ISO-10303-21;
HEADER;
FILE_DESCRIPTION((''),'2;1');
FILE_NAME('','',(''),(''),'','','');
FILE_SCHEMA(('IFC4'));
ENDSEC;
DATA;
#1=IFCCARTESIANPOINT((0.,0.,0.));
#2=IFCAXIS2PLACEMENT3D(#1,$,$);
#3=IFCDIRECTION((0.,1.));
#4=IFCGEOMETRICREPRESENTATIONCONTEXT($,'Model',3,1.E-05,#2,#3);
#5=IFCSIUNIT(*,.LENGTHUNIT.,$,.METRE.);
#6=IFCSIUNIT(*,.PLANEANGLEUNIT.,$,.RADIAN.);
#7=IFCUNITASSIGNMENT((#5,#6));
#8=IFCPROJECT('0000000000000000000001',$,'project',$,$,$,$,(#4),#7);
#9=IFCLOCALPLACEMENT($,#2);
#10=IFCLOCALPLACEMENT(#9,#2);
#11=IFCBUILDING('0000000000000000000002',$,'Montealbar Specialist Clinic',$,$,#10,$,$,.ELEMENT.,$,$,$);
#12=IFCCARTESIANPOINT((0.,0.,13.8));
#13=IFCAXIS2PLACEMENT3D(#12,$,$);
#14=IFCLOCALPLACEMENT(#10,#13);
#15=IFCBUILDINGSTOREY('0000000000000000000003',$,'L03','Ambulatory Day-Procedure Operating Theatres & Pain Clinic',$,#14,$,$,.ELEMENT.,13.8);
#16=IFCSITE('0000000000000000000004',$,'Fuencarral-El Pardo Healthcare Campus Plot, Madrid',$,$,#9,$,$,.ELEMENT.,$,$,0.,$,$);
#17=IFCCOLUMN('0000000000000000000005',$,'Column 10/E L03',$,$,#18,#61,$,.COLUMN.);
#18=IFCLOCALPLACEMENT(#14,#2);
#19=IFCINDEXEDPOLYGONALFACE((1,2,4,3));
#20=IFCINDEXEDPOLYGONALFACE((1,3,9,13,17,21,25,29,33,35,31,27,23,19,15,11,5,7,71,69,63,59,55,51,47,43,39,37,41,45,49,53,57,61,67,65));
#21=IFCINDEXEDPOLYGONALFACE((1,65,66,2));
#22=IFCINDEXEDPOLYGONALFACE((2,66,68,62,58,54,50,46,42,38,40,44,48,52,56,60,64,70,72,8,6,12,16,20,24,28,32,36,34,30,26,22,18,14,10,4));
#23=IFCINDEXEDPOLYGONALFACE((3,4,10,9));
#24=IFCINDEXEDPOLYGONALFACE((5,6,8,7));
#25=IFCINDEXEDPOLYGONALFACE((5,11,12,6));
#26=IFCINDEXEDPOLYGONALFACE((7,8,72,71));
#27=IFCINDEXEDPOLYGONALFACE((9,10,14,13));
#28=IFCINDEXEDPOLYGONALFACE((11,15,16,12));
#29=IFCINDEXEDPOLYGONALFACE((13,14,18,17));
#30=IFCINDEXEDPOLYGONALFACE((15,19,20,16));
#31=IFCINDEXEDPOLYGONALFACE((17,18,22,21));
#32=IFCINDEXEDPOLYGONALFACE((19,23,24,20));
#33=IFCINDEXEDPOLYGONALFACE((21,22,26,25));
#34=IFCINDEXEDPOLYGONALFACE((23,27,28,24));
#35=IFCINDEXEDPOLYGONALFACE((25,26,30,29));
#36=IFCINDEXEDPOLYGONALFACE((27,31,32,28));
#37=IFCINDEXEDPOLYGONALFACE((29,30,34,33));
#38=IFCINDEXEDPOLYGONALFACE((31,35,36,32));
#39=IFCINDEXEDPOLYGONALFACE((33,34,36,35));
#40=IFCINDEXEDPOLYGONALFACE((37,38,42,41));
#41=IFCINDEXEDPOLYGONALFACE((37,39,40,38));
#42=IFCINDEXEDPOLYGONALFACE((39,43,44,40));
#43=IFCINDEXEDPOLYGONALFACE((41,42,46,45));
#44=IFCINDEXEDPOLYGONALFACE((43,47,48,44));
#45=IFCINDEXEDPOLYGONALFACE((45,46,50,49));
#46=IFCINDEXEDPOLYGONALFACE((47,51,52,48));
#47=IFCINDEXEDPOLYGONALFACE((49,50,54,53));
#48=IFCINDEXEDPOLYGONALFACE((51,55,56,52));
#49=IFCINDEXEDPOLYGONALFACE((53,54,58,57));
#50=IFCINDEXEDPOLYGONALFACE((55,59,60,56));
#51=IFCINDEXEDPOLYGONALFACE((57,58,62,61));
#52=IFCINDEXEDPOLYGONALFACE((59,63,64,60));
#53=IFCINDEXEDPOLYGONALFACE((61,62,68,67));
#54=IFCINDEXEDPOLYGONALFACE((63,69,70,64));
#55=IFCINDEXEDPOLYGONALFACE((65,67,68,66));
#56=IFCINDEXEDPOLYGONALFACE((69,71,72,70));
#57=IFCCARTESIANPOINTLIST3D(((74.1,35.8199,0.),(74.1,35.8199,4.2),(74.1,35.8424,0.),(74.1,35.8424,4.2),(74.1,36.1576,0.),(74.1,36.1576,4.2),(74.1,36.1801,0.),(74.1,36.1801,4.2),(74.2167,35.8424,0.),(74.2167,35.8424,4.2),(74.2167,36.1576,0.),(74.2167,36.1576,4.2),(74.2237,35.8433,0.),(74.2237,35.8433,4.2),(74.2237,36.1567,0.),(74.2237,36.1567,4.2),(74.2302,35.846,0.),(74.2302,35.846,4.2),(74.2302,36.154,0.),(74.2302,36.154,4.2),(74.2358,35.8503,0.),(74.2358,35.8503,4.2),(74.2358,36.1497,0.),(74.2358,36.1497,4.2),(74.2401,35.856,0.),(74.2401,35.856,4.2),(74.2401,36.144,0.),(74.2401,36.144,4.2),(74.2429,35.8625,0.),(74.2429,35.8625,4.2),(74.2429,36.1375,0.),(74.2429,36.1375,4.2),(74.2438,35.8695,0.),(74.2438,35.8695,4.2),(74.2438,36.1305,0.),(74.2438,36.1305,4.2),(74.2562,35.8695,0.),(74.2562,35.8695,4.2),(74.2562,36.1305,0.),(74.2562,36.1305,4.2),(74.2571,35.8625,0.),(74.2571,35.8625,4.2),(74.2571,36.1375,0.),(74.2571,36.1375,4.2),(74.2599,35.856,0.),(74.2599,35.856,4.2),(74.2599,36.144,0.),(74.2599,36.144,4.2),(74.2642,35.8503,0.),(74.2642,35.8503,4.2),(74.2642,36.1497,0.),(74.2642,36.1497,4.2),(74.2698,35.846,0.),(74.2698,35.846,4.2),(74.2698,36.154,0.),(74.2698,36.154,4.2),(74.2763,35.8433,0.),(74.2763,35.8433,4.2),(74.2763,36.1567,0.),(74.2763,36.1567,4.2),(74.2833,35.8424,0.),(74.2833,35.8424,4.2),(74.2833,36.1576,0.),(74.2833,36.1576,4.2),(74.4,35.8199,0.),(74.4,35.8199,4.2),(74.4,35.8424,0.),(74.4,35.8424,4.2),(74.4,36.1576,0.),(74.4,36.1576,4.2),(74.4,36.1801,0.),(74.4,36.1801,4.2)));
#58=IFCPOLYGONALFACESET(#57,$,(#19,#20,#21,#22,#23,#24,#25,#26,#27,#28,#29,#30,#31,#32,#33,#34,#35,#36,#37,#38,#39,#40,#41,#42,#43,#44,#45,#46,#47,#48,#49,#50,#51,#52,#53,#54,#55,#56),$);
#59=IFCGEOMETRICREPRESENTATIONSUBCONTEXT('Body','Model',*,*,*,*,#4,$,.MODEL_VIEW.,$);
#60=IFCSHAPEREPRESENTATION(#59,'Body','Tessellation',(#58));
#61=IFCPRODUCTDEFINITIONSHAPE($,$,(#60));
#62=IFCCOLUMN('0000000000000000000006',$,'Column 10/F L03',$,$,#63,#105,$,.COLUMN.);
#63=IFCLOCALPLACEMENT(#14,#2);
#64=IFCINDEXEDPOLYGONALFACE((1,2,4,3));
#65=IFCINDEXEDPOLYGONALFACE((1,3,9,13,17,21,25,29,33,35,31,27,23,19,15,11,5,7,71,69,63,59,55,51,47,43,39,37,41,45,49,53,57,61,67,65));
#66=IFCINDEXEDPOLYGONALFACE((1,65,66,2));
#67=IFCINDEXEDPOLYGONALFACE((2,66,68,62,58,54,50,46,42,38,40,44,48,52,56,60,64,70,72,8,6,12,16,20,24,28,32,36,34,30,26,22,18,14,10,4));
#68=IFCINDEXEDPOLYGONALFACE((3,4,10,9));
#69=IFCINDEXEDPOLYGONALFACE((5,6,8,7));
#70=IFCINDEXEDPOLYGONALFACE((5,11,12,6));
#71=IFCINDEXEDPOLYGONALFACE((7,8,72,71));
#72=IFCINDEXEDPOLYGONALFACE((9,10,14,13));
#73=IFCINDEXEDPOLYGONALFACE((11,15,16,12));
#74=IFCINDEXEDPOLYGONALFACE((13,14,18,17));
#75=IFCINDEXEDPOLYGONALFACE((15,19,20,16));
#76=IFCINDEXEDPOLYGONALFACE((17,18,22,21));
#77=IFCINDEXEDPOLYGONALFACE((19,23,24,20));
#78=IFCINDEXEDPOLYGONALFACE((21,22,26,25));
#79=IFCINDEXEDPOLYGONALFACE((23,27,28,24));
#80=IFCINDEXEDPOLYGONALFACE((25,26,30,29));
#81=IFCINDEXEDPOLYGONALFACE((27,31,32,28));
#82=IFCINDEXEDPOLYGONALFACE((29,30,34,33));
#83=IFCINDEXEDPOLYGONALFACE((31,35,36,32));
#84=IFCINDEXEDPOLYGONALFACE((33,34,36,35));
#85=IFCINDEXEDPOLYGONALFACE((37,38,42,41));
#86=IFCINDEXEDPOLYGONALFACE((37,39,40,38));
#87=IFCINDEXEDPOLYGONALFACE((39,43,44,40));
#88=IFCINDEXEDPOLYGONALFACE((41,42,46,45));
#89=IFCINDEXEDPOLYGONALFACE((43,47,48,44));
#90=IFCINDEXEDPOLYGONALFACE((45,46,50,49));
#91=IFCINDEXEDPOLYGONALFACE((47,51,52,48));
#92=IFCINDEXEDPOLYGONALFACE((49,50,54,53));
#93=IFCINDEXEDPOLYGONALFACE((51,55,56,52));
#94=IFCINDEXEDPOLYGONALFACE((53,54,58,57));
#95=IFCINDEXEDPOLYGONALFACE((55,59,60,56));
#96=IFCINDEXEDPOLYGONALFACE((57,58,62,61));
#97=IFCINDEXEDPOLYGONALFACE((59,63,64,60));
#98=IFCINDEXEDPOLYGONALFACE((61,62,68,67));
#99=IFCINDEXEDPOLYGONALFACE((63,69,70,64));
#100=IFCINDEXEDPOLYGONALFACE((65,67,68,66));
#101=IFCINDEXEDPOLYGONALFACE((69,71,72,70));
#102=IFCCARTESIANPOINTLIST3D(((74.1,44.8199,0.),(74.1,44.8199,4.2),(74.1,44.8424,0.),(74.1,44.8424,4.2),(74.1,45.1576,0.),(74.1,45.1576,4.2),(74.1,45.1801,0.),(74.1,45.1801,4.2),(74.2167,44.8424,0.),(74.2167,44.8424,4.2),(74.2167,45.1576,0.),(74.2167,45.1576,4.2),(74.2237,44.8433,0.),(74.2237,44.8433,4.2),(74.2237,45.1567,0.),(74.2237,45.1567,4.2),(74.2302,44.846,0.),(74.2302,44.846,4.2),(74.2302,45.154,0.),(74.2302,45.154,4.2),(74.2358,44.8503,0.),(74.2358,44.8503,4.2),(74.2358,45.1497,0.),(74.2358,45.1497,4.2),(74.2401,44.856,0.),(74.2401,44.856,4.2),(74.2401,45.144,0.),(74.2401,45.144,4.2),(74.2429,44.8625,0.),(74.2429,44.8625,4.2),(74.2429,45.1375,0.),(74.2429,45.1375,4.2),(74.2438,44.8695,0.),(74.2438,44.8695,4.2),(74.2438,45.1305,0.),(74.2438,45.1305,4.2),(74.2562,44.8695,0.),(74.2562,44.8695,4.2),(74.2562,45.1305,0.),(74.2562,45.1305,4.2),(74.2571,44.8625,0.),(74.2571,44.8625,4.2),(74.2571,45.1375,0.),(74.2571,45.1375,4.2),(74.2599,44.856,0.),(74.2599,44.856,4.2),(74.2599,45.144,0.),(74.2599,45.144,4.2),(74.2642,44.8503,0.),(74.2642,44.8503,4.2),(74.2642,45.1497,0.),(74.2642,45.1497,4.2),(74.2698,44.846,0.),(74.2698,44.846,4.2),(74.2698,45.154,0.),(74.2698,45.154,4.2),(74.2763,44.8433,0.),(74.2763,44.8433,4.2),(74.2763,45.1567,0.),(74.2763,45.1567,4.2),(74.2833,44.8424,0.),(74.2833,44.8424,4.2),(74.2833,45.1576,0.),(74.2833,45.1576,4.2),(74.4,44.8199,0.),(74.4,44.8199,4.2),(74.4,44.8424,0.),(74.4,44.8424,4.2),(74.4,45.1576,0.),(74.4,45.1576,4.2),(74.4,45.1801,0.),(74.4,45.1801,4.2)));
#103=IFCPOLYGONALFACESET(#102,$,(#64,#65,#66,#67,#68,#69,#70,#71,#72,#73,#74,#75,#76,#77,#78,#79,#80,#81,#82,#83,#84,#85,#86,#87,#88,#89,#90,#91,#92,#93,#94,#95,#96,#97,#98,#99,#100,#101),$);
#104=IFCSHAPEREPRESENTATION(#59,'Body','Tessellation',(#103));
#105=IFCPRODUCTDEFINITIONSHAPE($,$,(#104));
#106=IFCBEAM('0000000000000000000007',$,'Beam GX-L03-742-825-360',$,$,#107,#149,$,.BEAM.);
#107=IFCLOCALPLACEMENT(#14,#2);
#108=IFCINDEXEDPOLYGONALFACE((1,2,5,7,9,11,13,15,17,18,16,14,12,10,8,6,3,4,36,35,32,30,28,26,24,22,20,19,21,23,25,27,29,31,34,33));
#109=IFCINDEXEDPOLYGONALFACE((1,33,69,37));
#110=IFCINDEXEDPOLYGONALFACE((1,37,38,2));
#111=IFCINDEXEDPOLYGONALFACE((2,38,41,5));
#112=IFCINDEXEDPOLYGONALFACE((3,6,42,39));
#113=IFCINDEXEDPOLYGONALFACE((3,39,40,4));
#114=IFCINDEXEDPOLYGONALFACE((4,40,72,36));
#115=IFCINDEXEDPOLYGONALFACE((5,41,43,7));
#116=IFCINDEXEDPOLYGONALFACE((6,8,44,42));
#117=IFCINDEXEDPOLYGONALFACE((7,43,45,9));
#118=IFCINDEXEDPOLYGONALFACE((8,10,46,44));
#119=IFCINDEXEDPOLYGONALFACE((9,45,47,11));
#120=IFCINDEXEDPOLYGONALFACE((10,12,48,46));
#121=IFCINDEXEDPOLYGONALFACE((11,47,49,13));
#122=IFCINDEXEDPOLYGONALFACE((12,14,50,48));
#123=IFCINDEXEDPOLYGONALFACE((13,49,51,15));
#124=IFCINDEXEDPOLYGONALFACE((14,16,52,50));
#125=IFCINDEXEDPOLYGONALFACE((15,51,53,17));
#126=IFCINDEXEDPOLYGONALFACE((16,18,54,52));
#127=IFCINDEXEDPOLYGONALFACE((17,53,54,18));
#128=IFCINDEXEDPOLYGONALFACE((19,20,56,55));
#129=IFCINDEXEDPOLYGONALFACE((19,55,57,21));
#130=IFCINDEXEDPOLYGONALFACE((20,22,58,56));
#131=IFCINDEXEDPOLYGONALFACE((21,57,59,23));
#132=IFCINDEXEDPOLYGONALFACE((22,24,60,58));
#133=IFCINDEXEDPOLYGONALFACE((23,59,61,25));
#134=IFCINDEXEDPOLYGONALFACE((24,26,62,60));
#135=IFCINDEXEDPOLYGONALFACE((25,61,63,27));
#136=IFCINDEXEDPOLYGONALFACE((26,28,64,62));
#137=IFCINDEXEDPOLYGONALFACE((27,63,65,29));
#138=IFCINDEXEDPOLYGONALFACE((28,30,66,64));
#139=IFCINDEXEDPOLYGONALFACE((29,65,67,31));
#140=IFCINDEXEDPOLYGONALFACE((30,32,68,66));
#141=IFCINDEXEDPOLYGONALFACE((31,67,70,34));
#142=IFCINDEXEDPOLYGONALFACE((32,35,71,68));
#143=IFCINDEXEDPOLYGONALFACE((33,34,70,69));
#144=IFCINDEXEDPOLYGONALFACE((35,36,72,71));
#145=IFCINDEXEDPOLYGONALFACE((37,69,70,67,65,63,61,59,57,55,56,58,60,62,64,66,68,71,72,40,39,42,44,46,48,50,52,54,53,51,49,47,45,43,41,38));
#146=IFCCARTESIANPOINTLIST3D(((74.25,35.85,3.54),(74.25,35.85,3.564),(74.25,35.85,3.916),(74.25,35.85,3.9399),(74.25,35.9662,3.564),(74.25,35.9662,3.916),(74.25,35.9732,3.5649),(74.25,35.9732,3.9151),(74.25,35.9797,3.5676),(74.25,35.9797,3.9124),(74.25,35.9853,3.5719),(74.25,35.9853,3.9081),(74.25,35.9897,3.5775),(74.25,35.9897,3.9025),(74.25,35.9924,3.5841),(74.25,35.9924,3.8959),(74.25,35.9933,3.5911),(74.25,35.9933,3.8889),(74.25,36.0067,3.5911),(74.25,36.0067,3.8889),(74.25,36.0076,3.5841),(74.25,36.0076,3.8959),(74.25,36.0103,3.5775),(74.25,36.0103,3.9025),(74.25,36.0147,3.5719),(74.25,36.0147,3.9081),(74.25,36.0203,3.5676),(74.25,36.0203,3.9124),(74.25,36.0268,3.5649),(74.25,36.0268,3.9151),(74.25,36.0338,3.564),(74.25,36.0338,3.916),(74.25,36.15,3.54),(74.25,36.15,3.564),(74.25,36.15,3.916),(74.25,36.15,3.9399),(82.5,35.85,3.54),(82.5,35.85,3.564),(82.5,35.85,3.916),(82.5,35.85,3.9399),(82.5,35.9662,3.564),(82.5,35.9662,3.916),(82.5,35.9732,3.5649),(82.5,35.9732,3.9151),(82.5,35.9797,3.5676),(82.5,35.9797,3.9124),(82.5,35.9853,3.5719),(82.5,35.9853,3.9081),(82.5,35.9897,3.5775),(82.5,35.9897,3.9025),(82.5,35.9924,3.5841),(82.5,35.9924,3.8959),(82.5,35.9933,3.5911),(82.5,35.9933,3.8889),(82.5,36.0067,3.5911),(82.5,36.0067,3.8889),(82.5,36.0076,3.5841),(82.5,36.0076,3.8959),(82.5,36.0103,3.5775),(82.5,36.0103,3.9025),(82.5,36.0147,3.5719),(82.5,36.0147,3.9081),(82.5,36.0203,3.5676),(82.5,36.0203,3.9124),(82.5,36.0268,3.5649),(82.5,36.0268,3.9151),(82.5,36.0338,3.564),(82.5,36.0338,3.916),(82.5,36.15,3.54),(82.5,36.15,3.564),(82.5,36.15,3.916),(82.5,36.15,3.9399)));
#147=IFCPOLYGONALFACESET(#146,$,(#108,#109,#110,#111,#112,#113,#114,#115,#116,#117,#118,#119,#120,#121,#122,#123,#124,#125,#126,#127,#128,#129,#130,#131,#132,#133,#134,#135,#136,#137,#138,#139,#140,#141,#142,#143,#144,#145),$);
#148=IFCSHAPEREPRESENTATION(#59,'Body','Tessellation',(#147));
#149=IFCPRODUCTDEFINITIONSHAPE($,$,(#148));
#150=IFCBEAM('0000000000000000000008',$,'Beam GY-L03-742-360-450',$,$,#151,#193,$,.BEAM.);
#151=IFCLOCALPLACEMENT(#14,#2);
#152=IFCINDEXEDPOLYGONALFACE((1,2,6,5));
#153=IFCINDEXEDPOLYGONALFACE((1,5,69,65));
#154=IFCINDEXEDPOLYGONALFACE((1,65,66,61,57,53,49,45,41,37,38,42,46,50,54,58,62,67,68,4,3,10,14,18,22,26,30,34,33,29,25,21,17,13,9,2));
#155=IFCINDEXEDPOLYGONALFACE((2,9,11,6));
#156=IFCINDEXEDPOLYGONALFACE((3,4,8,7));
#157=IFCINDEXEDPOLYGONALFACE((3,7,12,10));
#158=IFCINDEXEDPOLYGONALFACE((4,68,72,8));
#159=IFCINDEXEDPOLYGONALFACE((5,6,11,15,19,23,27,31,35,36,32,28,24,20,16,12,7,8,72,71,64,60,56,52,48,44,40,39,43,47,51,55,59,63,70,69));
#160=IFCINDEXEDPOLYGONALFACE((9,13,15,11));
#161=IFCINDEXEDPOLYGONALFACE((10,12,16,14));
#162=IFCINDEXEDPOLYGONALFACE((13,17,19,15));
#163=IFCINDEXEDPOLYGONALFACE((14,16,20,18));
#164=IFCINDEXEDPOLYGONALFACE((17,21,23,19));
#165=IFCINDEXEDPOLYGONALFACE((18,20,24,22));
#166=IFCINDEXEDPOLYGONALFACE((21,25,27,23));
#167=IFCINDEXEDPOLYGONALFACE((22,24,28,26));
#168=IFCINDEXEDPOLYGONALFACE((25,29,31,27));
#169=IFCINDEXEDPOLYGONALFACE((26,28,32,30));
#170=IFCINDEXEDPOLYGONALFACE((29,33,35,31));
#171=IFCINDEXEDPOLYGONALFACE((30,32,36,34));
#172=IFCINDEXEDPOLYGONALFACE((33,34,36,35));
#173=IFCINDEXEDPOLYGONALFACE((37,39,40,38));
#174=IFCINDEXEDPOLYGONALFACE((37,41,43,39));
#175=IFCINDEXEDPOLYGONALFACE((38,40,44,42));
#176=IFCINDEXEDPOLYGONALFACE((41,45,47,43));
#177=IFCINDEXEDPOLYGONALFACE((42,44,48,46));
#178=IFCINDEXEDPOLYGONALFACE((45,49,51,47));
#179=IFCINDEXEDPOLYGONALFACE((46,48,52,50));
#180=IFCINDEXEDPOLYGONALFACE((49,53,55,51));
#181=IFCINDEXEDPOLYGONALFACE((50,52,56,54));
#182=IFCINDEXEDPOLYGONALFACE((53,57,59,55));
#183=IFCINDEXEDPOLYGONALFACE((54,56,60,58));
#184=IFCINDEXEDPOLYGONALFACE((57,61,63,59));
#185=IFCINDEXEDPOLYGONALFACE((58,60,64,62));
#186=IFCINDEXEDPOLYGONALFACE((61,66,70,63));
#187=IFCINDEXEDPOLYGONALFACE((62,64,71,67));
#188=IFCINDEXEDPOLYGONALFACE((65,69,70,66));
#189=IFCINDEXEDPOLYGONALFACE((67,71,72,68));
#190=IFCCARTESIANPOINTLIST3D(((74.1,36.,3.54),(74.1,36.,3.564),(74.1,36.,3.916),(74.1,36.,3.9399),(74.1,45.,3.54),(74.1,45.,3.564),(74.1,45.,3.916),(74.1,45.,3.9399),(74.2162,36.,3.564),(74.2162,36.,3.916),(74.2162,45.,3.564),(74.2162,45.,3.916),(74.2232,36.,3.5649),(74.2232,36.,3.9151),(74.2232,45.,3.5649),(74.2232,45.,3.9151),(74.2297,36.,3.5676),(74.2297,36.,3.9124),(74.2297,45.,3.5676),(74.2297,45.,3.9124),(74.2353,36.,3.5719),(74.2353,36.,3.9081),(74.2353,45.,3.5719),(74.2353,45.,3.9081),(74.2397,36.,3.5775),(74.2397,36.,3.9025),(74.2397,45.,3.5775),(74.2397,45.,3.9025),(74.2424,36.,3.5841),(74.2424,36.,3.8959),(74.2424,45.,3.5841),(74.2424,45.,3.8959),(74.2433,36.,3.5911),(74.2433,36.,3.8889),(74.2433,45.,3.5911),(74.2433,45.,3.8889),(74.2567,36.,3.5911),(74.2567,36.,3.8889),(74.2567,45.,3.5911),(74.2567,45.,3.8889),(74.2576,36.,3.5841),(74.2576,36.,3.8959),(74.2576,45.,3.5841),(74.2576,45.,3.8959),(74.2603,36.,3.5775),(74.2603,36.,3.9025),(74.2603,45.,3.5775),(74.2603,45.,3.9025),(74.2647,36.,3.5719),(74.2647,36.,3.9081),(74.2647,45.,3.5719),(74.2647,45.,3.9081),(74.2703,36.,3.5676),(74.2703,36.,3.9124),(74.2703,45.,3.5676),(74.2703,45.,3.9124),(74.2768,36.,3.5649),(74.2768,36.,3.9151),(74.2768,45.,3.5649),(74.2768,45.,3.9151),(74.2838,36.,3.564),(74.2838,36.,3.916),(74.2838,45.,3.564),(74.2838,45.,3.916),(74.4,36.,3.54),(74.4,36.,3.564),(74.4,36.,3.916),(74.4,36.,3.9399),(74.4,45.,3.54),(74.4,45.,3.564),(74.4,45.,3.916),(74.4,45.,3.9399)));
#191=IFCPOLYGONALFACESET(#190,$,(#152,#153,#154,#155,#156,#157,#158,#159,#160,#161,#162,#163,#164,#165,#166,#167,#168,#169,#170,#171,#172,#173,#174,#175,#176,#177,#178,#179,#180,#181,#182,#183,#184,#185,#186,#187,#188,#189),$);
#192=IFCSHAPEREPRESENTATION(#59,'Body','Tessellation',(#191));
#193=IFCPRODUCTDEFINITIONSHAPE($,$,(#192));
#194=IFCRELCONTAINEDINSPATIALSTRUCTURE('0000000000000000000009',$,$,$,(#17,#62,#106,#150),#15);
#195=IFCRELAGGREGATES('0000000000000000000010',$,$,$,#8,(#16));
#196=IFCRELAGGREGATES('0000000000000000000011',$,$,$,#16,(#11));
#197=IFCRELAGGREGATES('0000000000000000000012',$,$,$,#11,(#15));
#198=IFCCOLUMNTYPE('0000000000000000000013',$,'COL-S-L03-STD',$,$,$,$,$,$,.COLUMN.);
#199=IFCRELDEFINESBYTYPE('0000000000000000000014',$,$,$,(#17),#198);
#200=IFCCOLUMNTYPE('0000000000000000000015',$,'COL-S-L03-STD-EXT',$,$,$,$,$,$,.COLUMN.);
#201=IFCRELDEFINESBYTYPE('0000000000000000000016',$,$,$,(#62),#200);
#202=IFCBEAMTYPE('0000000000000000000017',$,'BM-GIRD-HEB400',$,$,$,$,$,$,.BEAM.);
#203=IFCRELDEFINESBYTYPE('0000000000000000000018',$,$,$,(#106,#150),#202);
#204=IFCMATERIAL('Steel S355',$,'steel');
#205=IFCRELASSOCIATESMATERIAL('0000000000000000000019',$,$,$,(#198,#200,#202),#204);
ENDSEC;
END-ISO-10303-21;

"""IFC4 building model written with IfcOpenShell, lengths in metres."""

from ifc_helpers import new_model, si_unit, direction, frame, origin, origin_2d, place, context, subcontext, project, spatial, i_section, extrude, material, material_profile, profile_set, type_object, element, save


model = new_model("IFC4")

# Units and contexts
model_context = context("Model", 3, precision=1e-05, world=origin(), true_north=direction((0.0, 1.0)))
body_context = subcontext(model_context, "Body", "Model", "MODEL_VIEW")
ifc_project = project(units=[si_unit("LENGTHUNIT", "METRE"), si_unit("PLANEANGLEUNIT", "RADIAN")], contexts=[model_context])

# Site, building, storey
site_placement = place(None, origin())
site = spatial("IfcSite", under=ifc_project, at=site_placement, Name="Fuencarral-El Pardo Healthcare Campus Plot, Madrid", CompositionType="ELEMENT", RefElevation=0.0)
building_placement = place(site_placement, origin())
building = spatial("IfcBuilding", under=site, at=building_placement, Name="Montealbar Specialist Clinic", CompositionType="ELEMENT")
storey_placement = place(building_placement, frame((0.0, 0.0, 13.8)))
storey = spatial("IfcBuildingStorey", under=building, at=storey_placement, Name="L03", Description="Ambulatory Day-Procedure Operating Theatres & Pain Clinic", CompositionType="ELEMENT", Elevation=13.8)

# Columns
ifc_material_1 = material(Name="Steel S355", Category="steel")
ifc_material_profile_1 = material_profile(ifc_material_1, i_section(OverallWidth=0.3, OverallDepth=0.3601, WebThickness=0.0125, FlangeThickness=0.0225, FilletRadius=0.0271, at=origin_2d()), Name="HEB 360", Category="steel")
ifc_profile_set_1 = profile_set([ifc_material_profile_1], Name="Steel S355")
column_type_1 = type_object("IfcColumnType", Name="COL-S-L03-STD", PredefinedType="COLUMN", material=ifc_profile_set_1)
column_1_placement = place(storey_placement, frame((74.25, 36.0, 0.0), z_axis=(0.0, 0.0, 1.0), x_axis=(1.0, 0.0, 0.0)))
element("IfcColumn", 1, at=column_1_placement, inside=storey, type_object=column_type_1, Name="Column 10/E L03", PredefinedType="COLUMN", context=body_context, shape_type="SweptSolid", body=[
    extrude(i_section(OverallWidth=0.3, OverallDepth=0.3601, WebThickness=0.0125, FlangeThickness=0.0225, FilletRadius=0.0271, at=origin_2d()), origin(), (0.0, 0.0, 1.0), 4.2),
])
ifc_material_profile_2 = material_profile(ifc_material_1, i_section(OverallWidth=0.3, OverallDepth=0.3601, WebThickness=0.0125, FlangeThickness=0.0225, FilletRadius=0.0271, at=origin_2d()), Name="HEB 360", Category="steel")
ifc_profile_set_2 = profile_set([ifc_material_profile_2], Name="Steel S355")
column_type_2 = type_object("IfcColumnType", Name="COL-S-L03-STD-EXT", PredefinedType="COLUMN", material=ifc_profile_set_2)
column_2_placement = place(storey_placement, frame((74.25, 45.0, 0.0), z_axis=(0.0, 0.0, 1.0), x_axis=(1.0, 0.0, 0.0)))
element("IfcColumn", 2, at=column_2_placement, inside=storey, type_object=column_type_2, Name="Column 10/F L03", PredefinedType="COLUMN", context=body_context, shape_type="SweptSolid", body=[
    extrude(i_section(OverallWidth=0.3, OverallDepth=0.3601, WebThickness=0.0125, FlangeThickness=0.0225, FilletRadius=0.0271, at=origin_2d()), origin(), (0.0, 0.0, 1.0), 4.2),
])

# Beams
ifc_material_profile_3 = material_profile(ifc_material_1, i_section(OverallWidth=0.3, OverallDepth=0.3999, WebThickness=0.0134, FlangeThickness=0.0239, FilletRadius=0.0271, at=origin_2d()), Name="HEB 400", Category="steel")
ifc_profile_set_3 = profile_set([ifc_material_profile_3], Name="Steel S355")
beam_type_1 = type_object("IfcBeamType", Name="BM-GIRD-HEB400", PredefinedType="BEAM", material=ifc_profile_set_3)
beam_1_placement = place(storey_placement, frame((74.25, 36.0, 3.74), z_axis=(1.0, 0.0, 0.0), x_axis=(0.0, 1.0, 0.0)))
element("IfcBeam", 3, at=beam_1_placement, inside=storey, type_object=beam_type_1, Name="Beam GX-L03-742-825-360", PredefinedType="BEAM", context=body_context, shape_type="SweptSolid", body=[
    extrude(i_section(OverallWidth=0.3, OverallDepth=0.3999, WebThickness=0.0134, FlangeThickness=0.0239, FilletRadius=0.0271, at=origin_2d()), origin(), (0.0, 0.0, 1.0), 8.25),
])
beam_2_placement = place(storey_placement, frame((74.25, 36.0, 3.74), z_axis=(0.0, 1.0, 0.0), x_axis=(-1.0, 0.0, 0.0)))
element("IfcBeam", 4, at=beam_2_placement, inside=storey, type_object=beam_type_1, Name="Beam GY-L03-742-360-450", PredefinedType="BEAM", context=body_context, shape_type="SweptSolid", body=[
    extrude(i_section(OverallWidth=0.3, OverallDepth=0.3999, WebThickness=0.0134, FlangeThickness=0.0239, FilletRadius=0.0271, at=origin_2d()), origin(), (0.0, 0.0, 1.0), 9.0),
])

save(model, "model.ifc")
